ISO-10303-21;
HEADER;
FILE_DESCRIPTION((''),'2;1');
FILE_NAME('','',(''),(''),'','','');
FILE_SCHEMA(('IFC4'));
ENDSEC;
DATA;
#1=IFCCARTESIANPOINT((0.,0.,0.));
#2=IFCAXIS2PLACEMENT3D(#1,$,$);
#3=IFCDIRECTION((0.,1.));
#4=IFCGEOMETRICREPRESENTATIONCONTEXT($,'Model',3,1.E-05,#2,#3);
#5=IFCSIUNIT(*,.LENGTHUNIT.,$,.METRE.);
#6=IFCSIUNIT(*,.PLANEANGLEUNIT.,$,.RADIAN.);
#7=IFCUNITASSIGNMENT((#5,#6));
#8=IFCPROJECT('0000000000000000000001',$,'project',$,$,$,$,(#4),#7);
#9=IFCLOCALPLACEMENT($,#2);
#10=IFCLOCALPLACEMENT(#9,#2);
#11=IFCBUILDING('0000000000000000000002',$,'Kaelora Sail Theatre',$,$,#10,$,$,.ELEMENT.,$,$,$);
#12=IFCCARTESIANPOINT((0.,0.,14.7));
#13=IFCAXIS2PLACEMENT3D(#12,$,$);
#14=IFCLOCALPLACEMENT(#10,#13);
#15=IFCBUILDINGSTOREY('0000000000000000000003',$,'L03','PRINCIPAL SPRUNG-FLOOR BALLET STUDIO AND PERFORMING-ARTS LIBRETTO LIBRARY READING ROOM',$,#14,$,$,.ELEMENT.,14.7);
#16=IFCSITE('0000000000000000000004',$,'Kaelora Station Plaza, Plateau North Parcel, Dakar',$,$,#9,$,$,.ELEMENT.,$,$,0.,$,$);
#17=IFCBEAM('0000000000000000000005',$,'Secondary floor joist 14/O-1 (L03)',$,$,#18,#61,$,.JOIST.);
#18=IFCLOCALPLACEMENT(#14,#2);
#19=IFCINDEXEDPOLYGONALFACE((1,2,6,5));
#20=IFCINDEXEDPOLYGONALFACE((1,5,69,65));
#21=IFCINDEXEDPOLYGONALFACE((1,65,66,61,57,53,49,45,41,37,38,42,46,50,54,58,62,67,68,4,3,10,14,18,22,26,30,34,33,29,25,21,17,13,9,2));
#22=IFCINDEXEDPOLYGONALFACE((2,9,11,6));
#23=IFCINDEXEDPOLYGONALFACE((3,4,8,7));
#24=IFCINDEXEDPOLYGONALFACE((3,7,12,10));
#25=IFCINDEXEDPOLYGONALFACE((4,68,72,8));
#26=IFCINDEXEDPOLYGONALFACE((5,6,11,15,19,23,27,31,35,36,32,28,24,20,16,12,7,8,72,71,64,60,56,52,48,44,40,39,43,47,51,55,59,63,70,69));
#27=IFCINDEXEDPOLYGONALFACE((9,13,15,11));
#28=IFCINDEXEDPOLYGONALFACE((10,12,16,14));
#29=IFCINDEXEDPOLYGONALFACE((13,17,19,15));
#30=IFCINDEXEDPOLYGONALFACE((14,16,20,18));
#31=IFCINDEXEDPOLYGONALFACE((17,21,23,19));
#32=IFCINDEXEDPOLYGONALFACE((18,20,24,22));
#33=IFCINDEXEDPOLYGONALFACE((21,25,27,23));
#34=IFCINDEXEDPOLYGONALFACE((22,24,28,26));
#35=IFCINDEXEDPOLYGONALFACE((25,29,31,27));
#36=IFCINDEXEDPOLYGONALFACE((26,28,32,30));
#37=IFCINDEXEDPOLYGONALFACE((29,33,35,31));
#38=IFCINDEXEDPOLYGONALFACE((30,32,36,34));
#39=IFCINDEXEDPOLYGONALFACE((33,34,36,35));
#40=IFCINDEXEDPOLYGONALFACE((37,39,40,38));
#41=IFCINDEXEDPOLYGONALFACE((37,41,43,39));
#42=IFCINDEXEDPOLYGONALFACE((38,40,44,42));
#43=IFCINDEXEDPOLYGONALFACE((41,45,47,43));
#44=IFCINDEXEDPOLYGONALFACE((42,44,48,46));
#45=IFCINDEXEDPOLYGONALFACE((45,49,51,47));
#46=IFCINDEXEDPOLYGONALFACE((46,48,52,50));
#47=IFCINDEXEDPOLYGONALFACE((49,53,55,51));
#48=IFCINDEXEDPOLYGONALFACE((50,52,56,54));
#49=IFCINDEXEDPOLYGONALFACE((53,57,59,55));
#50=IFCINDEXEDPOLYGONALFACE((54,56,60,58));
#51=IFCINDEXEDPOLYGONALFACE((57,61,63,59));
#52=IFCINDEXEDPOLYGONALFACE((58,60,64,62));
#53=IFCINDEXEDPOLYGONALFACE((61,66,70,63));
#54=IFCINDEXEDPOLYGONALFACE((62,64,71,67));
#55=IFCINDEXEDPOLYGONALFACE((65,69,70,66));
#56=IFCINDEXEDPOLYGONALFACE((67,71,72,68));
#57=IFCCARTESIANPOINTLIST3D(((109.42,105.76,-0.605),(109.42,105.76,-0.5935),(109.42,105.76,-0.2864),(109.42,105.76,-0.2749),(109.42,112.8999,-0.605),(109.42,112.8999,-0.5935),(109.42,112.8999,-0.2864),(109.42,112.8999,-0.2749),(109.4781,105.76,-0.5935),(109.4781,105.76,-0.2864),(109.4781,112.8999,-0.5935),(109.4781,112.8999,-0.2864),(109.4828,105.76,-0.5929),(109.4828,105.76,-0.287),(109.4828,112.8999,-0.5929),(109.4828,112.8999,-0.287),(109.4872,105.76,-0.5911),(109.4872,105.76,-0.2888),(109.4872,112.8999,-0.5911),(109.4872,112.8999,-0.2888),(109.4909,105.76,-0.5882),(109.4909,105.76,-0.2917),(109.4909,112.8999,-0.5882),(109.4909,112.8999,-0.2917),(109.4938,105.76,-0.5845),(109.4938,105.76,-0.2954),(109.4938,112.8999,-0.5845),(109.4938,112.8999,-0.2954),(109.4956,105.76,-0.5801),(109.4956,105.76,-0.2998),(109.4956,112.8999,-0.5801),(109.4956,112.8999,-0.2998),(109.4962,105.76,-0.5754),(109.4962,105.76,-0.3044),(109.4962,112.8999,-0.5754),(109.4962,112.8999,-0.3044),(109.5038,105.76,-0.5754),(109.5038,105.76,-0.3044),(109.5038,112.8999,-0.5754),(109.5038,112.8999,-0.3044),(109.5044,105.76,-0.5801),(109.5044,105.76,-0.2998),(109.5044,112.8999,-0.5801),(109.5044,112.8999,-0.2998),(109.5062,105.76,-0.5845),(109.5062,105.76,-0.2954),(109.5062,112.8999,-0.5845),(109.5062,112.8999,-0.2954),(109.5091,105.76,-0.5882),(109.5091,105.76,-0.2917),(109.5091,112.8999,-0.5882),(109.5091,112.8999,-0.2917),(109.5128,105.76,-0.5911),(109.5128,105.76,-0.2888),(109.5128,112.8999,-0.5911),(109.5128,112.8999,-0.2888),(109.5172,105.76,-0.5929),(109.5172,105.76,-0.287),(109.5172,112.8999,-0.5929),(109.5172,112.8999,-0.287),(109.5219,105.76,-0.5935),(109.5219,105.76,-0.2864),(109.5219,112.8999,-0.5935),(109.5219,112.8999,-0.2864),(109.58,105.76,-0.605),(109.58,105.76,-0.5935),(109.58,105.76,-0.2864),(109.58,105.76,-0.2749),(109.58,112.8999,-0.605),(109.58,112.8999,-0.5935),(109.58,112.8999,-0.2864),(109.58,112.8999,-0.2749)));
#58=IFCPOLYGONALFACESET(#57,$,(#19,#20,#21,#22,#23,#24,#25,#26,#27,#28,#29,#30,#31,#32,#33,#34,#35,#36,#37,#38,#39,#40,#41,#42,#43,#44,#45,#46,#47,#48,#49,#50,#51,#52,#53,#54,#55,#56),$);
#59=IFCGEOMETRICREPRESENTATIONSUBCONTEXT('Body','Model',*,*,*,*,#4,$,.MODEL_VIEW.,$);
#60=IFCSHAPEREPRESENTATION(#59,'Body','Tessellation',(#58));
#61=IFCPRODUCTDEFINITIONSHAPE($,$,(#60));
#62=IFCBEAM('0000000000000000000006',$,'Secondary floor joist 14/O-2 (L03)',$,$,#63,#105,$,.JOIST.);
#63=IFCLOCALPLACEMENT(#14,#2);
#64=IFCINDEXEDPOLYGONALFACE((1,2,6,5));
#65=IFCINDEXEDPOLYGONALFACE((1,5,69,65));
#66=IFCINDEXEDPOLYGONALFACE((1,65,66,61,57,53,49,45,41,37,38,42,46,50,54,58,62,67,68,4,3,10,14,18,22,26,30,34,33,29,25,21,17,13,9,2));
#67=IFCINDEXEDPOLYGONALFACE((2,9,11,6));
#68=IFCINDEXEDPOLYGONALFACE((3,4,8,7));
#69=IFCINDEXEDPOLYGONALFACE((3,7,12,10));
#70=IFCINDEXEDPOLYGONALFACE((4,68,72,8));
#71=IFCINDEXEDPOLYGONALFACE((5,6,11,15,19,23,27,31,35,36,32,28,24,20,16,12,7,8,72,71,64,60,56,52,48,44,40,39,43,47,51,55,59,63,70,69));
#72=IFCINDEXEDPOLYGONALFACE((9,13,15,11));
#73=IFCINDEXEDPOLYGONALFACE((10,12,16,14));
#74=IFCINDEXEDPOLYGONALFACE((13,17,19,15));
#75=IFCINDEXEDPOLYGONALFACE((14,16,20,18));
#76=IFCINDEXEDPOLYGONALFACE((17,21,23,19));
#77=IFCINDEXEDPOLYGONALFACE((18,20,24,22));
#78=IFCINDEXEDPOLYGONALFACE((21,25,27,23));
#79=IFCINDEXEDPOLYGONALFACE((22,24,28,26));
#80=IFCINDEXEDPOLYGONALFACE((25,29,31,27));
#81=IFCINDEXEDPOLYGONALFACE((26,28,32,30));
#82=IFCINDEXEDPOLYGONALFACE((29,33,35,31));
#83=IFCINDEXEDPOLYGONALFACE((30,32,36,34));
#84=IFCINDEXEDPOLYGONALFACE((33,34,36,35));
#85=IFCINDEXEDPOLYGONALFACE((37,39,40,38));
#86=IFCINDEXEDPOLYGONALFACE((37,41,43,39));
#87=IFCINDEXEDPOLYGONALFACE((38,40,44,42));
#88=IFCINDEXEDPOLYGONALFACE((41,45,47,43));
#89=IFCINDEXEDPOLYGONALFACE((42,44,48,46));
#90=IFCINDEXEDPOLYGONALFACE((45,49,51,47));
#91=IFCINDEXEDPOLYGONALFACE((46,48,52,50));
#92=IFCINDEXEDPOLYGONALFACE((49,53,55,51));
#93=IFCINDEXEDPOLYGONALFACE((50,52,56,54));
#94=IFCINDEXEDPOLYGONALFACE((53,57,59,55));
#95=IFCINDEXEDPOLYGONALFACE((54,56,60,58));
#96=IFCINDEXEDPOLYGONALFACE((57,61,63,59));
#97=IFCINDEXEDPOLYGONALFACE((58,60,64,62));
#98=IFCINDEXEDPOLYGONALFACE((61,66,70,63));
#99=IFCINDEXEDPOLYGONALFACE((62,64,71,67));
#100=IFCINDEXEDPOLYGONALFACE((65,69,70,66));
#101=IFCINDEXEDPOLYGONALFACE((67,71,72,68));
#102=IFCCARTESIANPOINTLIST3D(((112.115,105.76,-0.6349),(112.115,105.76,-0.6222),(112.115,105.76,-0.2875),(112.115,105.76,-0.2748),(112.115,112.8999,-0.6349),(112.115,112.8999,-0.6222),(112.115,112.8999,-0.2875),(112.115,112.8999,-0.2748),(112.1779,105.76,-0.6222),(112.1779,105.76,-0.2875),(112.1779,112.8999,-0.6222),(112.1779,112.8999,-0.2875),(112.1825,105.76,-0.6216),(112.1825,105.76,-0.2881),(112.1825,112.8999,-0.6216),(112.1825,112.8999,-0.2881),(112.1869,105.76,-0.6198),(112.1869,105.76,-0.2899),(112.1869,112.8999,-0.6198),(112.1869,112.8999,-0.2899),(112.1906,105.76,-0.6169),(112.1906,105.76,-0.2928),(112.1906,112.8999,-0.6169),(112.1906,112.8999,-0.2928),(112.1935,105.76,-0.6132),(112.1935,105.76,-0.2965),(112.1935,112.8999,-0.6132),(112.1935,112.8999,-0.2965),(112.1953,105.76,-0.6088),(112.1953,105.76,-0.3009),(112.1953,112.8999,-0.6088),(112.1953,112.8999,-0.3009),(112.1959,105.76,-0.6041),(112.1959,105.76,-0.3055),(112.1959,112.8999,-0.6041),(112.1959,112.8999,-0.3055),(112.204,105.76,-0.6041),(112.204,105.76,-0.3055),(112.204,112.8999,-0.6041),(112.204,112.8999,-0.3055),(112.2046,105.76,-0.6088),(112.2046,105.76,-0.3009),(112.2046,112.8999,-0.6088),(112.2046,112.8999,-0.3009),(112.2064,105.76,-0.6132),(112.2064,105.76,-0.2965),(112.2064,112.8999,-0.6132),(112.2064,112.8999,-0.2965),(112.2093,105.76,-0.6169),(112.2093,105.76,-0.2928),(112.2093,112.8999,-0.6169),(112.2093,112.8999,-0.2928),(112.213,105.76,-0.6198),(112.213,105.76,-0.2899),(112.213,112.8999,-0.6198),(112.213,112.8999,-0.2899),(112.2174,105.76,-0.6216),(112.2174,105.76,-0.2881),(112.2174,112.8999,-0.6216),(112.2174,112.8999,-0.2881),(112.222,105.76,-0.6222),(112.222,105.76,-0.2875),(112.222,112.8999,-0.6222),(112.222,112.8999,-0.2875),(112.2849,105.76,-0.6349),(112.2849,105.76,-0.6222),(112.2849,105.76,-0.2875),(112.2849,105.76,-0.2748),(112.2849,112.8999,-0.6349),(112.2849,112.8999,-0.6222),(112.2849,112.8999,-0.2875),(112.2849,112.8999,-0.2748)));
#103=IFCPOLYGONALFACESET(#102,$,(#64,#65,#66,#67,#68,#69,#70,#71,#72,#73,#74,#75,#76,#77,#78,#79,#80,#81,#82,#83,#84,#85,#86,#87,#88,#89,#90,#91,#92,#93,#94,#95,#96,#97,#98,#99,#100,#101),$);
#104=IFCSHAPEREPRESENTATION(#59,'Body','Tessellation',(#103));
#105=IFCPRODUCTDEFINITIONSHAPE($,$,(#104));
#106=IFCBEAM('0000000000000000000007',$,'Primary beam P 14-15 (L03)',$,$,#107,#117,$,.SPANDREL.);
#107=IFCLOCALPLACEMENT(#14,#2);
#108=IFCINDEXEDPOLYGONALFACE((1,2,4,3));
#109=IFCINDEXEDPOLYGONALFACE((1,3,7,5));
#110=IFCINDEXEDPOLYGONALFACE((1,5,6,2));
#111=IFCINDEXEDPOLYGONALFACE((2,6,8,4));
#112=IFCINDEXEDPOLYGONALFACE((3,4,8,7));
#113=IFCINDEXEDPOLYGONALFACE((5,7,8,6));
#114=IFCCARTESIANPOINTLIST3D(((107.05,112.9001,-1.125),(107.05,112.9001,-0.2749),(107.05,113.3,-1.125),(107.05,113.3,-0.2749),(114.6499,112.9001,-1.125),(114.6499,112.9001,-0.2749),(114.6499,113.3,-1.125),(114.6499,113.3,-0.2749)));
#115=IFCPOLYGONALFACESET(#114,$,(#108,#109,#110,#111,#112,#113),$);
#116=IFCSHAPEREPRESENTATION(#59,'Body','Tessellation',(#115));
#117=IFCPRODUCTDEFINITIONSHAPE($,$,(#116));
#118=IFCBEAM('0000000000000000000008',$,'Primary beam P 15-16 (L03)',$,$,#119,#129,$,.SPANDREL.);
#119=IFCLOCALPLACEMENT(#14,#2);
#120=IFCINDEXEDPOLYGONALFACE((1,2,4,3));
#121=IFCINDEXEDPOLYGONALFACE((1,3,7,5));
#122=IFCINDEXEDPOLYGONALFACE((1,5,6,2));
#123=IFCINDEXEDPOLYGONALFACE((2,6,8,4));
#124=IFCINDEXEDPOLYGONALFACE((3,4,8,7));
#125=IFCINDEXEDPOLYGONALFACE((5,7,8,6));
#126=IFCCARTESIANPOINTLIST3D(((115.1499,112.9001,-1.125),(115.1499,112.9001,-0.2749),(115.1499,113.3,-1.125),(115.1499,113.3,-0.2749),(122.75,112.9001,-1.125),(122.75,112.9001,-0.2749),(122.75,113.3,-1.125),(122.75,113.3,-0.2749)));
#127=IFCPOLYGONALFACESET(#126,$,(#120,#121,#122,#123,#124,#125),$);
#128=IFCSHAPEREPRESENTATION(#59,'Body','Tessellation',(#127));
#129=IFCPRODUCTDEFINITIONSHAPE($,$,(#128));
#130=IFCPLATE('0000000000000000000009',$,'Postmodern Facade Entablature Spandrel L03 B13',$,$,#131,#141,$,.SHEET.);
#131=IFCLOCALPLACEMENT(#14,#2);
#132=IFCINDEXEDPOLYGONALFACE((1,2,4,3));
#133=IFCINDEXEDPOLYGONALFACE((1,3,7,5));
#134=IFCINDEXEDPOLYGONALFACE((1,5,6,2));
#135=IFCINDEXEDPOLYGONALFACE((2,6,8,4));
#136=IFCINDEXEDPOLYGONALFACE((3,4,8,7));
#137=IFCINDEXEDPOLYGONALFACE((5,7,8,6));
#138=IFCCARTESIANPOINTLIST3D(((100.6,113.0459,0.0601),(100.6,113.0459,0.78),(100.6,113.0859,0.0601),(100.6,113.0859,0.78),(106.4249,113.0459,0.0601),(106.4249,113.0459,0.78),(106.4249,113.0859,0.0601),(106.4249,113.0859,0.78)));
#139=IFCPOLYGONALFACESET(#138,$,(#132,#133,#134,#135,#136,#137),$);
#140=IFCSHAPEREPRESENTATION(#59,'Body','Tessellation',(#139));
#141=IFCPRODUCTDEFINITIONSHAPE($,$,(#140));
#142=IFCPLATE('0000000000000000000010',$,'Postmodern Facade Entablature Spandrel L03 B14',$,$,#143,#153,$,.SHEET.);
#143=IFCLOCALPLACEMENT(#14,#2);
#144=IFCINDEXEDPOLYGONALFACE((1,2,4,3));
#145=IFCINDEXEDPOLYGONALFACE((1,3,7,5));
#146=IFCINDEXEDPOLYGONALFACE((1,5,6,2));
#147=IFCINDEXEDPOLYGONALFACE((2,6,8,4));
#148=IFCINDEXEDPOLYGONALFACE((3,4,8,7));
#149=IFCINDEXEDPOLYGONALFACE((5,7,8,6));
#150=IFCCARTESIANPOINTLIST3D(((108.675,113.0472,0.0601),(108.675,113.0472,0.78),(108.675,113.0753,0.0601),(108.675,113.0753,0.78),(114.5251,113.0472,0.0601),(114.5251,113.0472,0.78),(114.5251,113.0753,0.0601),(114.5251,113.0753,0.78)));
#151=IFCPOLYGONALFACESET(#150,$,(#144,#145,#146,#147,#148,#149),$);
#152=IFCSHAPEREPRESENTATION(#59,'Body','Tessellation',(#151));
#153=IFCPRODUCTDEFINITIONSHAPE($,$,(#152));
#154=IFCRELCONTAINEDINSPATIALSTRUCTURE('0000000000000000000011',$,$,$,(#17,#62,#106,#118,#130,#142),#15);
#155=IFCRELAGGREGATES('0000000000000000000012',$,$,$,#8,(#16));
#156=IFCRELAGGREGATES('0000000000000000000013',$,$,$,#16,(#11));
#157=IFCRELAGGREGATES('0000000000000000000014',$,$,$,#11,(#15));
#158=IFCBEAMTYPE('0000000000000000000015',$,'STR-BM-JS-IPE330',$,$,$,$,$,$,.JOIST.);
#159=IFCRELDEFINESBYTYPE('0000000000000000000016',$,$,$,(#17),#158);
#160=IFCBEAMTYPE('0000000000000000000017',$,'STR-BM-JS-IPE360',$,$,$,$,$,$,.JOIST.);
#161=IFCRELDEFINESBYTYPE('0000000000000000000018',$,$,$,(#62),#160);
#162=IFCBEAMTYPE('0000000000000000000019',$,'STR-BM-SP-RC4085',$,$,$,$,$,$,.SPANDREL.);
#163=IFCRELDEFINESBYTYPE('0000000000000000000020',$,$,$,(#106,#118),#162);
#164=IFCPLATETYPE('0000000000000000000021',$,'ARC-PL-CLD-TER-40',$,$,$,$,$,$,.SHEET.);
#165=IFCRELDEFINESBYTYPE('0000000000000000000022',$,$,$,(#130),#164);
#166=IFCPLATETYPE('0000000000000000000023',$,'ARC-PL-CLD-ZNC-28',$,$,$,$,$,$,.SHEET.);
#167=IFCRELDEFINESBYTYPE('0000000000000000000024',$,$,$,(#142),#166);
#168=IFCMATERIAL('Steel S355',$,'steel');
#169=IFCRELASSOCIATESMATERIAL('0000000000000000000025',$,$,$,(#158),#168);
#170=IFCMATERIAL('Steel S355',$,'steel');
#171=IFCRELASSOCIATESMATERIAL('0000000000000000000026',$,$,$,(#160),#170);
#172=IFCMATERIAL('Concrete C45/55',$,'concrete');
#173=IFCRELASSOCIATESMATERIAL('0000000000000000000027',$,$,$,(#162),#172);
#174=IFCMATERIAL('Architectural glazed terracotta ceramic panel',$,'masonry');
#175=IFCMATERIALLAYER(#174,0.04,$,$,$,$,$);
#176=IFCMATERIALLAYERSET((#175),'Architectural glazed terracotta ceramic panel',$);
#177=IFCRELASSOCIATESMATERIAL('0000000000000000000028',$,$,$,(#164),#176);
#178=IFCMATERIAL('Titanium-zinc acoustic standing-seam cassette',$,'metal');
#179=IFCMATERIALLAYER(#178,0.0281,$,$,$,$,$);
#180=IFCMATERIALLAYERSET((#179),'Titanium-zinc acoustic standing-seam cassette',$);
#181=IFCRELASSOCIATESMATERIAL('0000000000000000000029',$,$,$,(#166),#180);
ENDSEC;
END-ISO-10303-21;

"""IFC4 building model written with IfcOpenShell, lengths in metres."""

from ifc_helpers import new_model, si_unit, direction, frame, origin, origin_2d, place, context, subcontext, project, spatial, rectangle, i_section, extrude, material, layer, layer_set, material_profile, profile_set, type_object, element, save


model = new_model("IFC4")

# Units and contexts
model_context = context("Model", 3, precision=1e-05, world=origin(), true_north=direction((0.0, 1.0)))
body_context = subcontext(model_context, "Body", "Model", "MODEL_VIEW")
ifc_project = project(units=[si_unit("LENGTHUNIT", "METRE"), si_unit("PLANEANGLEUNIT", "RADIAN")], contexts=[model_context])

# Site, building, storey
site_placement = place(None, origin())
site = spatial("IfcSite", under=ifc_project, at=site_placement, Name="Kaelora Station Plaza, Plateau North Parcel, Dakar", CompositionType="ELEMENT", RefElevation=0.0)
building_placement = place(site_placement, origin())
building = spatial("IfcBuilding", under=site, at=building_placement, Name="Kaelora Sail Theatre", CompositionType="ELEMENT")
storey_placement = place(building_placement, frame((0.0, 0.0, 14.7)))
storey = spatial("IfcBuildingStorey", under=building, at=storey_placement, Name="L03", Description="PRINCIPAL SPRUNG-FLOOR BALLET STUDIO AND PERFORMING-ARTS LIBRETTO LIBRARY READING ROOM", CompositionType="ELEMENT", Elevation=14.7)

# Beams
ifc_material_1 = material(Name="Steel S355", Category="steel")
ifc_material_profile_1 = material_profile(ifc_material_1, i_section(OverallWidth=0.1599, OverallDepth=0.3301, WebThickness=0.0076, FlangeThickness=0.0115, FilletRadius=0.0181, at=origin_2d()), Name="IPE 330")
ifc_profile_set_1 = profile_set([ifc_material_profile_1], Name="Steel S355")
beam_type_1 = type_object("IfcBeamType", Name="STR-BM-JS-IPE330", PredefinedType="JOIST", material=ifc_profile_set_1)
beam_1_placement = place(storey_placement, frame((109.5, 105.76, -0.4399), z_axis=(0.0, 1.0, 0.0), x_axis=(-1.0, 0.0, 0.0)))
element("IfcBeam", 1, at=beam_1_placement, inside=storey, type_object=beam_type_1, Name="Secondary floor joist 14/O-1 (L03)", PredefinedType="JOIST", context=body_context, shape_type="SweptSolid", body=[
    extrude(i_section(OverallWidth=0.1599, OverallDepth=0.3301, WebThickness=0.0076, FlangeThickness=0.0115, FilletRadius=0.0181, at=origin_2d()), origin(), (0.0, 0.0, 1.0), 7.1399),
])
ifc_material_2 = material(Name="Steel S355", Category="steel")
ifc_material_profile_2 = material_profile(ifc_material_2, i_section(OverallWidth=0.1699, OverallDepth=0.3601, WebThickness=0.0081, FlangeThickness=0.0127, FilletRadius=0.0181, at=origin_2d()), Name="IPE 360")
ifc_profile_set_2 = profile_set([ifc_material_profile_2], Name="Steel S355")
beam_type_2 = type_object("IfcBeamType", Name="STR-BM-JS-IPE360", PredefinedType="JOIST", material=ifc_profile_set_2)
beam_2_placement = place(storey_placement, frame((112.2, 105.76, -0.4548), z_axis=(0.0, 1.0, 0.0), x_axis=(-1.0, 0.0, 0.0)))
element("IfcBeam", 2, at=beam_2_placement, inside=storey, type_object=beam_type_2, Name="Secondary floor joist 14/O-2 (L03)", PredefinedType="JOIST", context=body_context, shape_type="SweptSolid", body=[
    extrude(i_section(OverallWidth=0.1699, OverallDepth=0.3601, WebThickness=0.0081, FlangeThickness=0.0127, FilletRadius=0.0181, at=origin_2d()), origin(), (0.0, 0.0, 1.0), 7.1399),
])
ifc_material_3 = material(Name="Concrete C45/55", Category="concrete")
ifc_material_profile_3 = material_profile(ifc_material_3, rectangle(XDim=0.3999, YDim=0.8501, at=origin_2d()), Name="RC-SPN 400x850")
ifc_profile_set_3 = profile_set([ifc_material_profile_3], Name="Concrete C45/55")
beam_type_3 = type_object("IfcBeamType", Name="STR-BM-SP-RC4085", PredefinedType="SPANDREL", material=ifc_profile_set_3)
beam_3_placement = place(storey_placement, frame((107.05, 113.1001, -0.7), z_axis=(1.0, 0.0, 0.0), x_axis=(0.0, 1.0, 0.0)))
element("IfcBeam", 3, at=beam_3_placement, inside=storey, type_object=beam_type_3, Name="Primary beam P 14-15 (L03)", PredefinedType="SPANDREL", context=body_context, shape_type="SweptSolid", body=[
    extrude(rectangle(XDim=0.3999, YDim=0.8501, at=origin_2d()), origin(), (0.0, 0.0, 1.0), 7.5999),
])
beam_4_placement = place(storey_placement, frame((115.1499, 113.1001, -0.7), z_axis=(1.0, 0.0, 0.0), x_axis=(0.0, 1.0, 0.0)))
element("IfcBeam", 4, at=beam_4_placement, inside=storey, type_object=beam_type_3, Name="Primary beam P 15-16 (L03)", PredefinedType="SPANDREL", context=body_context, shape_type="SweptSolid", body=[
    extrude(rectangle(XDim=0.3999, YDim=0.8501, at=origin_2d()), origin(), (0.0, 0.0, 1.0), 7.6001),
])

# Plates
ifc_material_4 = material(Name="Architectural glazed terracotta ceramic panel", Category="masonry")
ifc_layer_1 = layer(ifc_material_4, 0.04)
ifc_layer_set_1 = layer_set([ifc_layer_1], Name="Architectural glazed terracotta ceramic panel")
plate_type_1 = type_object("IfcPlateType", Name="ARC-PL-CLD-TER-40", PredefinedType="SHEET", material=ifc_layer_set_1)
plate_1_placement = place(storey_placement, frame((103.5125, 113.0659, 0.0601), z_axis=(0.0, 0.0, 1.0), x_axis=(1.0, 0.0, 0.0)))
element("IfcPlate", 5, at=plate_1_placement, inside=storey, type_object=plate_type_1, Name="Postmodern Facade Entablature Spandrel L03 B13", PredefinedType="SHEET", context=body_context, shape_type="SweptSolid", body=[
    extrude(rectangle(XDim=5.825, YDim=0.04, at=origin_2d()), origin(), (0.0, 0.0, 1.0), 0.72),
])
ifc_material_5 = material(Name="Titanium-zinc acoustic standing-seam cassette", Category="metal")
ifc_layer_2 = layer(ifc_material_5, 0.0281)
ifc_layer_set_2 = layer_set([ifc_layer_2], Name="Titanium-zinc acoustic standing-seam cassette")
plate_type_2 = type_object("IfcPlateType", Name="ARC-PL-CLD-ZNC-28", PredefinedType="SHEET", material=ifc_layer_set_2)
plate_2_placement = place(storey_placement, frame((111.6001, 113.0613, 0.0601), z_axis=(0.0, 0.0, 1.0), x_axis=(1.0, 0.0, 0.0)))
element("IfcPlate", 6, at=plate_2_placement, inside=storey, type_object=plate_type_2, Name="Postmodern Facade Entablature Spandrel L03 B14", PredefinedType="SHEET", context=body_context, shape_type="SweptSolid", body=[
    extrude(rectangle(XDim=5.8501, YDim=0.0281, at=origin_2d()), origin(), (0.0, 0.0, 1.0), 0.72),
])

save(model, "model.ifc")
